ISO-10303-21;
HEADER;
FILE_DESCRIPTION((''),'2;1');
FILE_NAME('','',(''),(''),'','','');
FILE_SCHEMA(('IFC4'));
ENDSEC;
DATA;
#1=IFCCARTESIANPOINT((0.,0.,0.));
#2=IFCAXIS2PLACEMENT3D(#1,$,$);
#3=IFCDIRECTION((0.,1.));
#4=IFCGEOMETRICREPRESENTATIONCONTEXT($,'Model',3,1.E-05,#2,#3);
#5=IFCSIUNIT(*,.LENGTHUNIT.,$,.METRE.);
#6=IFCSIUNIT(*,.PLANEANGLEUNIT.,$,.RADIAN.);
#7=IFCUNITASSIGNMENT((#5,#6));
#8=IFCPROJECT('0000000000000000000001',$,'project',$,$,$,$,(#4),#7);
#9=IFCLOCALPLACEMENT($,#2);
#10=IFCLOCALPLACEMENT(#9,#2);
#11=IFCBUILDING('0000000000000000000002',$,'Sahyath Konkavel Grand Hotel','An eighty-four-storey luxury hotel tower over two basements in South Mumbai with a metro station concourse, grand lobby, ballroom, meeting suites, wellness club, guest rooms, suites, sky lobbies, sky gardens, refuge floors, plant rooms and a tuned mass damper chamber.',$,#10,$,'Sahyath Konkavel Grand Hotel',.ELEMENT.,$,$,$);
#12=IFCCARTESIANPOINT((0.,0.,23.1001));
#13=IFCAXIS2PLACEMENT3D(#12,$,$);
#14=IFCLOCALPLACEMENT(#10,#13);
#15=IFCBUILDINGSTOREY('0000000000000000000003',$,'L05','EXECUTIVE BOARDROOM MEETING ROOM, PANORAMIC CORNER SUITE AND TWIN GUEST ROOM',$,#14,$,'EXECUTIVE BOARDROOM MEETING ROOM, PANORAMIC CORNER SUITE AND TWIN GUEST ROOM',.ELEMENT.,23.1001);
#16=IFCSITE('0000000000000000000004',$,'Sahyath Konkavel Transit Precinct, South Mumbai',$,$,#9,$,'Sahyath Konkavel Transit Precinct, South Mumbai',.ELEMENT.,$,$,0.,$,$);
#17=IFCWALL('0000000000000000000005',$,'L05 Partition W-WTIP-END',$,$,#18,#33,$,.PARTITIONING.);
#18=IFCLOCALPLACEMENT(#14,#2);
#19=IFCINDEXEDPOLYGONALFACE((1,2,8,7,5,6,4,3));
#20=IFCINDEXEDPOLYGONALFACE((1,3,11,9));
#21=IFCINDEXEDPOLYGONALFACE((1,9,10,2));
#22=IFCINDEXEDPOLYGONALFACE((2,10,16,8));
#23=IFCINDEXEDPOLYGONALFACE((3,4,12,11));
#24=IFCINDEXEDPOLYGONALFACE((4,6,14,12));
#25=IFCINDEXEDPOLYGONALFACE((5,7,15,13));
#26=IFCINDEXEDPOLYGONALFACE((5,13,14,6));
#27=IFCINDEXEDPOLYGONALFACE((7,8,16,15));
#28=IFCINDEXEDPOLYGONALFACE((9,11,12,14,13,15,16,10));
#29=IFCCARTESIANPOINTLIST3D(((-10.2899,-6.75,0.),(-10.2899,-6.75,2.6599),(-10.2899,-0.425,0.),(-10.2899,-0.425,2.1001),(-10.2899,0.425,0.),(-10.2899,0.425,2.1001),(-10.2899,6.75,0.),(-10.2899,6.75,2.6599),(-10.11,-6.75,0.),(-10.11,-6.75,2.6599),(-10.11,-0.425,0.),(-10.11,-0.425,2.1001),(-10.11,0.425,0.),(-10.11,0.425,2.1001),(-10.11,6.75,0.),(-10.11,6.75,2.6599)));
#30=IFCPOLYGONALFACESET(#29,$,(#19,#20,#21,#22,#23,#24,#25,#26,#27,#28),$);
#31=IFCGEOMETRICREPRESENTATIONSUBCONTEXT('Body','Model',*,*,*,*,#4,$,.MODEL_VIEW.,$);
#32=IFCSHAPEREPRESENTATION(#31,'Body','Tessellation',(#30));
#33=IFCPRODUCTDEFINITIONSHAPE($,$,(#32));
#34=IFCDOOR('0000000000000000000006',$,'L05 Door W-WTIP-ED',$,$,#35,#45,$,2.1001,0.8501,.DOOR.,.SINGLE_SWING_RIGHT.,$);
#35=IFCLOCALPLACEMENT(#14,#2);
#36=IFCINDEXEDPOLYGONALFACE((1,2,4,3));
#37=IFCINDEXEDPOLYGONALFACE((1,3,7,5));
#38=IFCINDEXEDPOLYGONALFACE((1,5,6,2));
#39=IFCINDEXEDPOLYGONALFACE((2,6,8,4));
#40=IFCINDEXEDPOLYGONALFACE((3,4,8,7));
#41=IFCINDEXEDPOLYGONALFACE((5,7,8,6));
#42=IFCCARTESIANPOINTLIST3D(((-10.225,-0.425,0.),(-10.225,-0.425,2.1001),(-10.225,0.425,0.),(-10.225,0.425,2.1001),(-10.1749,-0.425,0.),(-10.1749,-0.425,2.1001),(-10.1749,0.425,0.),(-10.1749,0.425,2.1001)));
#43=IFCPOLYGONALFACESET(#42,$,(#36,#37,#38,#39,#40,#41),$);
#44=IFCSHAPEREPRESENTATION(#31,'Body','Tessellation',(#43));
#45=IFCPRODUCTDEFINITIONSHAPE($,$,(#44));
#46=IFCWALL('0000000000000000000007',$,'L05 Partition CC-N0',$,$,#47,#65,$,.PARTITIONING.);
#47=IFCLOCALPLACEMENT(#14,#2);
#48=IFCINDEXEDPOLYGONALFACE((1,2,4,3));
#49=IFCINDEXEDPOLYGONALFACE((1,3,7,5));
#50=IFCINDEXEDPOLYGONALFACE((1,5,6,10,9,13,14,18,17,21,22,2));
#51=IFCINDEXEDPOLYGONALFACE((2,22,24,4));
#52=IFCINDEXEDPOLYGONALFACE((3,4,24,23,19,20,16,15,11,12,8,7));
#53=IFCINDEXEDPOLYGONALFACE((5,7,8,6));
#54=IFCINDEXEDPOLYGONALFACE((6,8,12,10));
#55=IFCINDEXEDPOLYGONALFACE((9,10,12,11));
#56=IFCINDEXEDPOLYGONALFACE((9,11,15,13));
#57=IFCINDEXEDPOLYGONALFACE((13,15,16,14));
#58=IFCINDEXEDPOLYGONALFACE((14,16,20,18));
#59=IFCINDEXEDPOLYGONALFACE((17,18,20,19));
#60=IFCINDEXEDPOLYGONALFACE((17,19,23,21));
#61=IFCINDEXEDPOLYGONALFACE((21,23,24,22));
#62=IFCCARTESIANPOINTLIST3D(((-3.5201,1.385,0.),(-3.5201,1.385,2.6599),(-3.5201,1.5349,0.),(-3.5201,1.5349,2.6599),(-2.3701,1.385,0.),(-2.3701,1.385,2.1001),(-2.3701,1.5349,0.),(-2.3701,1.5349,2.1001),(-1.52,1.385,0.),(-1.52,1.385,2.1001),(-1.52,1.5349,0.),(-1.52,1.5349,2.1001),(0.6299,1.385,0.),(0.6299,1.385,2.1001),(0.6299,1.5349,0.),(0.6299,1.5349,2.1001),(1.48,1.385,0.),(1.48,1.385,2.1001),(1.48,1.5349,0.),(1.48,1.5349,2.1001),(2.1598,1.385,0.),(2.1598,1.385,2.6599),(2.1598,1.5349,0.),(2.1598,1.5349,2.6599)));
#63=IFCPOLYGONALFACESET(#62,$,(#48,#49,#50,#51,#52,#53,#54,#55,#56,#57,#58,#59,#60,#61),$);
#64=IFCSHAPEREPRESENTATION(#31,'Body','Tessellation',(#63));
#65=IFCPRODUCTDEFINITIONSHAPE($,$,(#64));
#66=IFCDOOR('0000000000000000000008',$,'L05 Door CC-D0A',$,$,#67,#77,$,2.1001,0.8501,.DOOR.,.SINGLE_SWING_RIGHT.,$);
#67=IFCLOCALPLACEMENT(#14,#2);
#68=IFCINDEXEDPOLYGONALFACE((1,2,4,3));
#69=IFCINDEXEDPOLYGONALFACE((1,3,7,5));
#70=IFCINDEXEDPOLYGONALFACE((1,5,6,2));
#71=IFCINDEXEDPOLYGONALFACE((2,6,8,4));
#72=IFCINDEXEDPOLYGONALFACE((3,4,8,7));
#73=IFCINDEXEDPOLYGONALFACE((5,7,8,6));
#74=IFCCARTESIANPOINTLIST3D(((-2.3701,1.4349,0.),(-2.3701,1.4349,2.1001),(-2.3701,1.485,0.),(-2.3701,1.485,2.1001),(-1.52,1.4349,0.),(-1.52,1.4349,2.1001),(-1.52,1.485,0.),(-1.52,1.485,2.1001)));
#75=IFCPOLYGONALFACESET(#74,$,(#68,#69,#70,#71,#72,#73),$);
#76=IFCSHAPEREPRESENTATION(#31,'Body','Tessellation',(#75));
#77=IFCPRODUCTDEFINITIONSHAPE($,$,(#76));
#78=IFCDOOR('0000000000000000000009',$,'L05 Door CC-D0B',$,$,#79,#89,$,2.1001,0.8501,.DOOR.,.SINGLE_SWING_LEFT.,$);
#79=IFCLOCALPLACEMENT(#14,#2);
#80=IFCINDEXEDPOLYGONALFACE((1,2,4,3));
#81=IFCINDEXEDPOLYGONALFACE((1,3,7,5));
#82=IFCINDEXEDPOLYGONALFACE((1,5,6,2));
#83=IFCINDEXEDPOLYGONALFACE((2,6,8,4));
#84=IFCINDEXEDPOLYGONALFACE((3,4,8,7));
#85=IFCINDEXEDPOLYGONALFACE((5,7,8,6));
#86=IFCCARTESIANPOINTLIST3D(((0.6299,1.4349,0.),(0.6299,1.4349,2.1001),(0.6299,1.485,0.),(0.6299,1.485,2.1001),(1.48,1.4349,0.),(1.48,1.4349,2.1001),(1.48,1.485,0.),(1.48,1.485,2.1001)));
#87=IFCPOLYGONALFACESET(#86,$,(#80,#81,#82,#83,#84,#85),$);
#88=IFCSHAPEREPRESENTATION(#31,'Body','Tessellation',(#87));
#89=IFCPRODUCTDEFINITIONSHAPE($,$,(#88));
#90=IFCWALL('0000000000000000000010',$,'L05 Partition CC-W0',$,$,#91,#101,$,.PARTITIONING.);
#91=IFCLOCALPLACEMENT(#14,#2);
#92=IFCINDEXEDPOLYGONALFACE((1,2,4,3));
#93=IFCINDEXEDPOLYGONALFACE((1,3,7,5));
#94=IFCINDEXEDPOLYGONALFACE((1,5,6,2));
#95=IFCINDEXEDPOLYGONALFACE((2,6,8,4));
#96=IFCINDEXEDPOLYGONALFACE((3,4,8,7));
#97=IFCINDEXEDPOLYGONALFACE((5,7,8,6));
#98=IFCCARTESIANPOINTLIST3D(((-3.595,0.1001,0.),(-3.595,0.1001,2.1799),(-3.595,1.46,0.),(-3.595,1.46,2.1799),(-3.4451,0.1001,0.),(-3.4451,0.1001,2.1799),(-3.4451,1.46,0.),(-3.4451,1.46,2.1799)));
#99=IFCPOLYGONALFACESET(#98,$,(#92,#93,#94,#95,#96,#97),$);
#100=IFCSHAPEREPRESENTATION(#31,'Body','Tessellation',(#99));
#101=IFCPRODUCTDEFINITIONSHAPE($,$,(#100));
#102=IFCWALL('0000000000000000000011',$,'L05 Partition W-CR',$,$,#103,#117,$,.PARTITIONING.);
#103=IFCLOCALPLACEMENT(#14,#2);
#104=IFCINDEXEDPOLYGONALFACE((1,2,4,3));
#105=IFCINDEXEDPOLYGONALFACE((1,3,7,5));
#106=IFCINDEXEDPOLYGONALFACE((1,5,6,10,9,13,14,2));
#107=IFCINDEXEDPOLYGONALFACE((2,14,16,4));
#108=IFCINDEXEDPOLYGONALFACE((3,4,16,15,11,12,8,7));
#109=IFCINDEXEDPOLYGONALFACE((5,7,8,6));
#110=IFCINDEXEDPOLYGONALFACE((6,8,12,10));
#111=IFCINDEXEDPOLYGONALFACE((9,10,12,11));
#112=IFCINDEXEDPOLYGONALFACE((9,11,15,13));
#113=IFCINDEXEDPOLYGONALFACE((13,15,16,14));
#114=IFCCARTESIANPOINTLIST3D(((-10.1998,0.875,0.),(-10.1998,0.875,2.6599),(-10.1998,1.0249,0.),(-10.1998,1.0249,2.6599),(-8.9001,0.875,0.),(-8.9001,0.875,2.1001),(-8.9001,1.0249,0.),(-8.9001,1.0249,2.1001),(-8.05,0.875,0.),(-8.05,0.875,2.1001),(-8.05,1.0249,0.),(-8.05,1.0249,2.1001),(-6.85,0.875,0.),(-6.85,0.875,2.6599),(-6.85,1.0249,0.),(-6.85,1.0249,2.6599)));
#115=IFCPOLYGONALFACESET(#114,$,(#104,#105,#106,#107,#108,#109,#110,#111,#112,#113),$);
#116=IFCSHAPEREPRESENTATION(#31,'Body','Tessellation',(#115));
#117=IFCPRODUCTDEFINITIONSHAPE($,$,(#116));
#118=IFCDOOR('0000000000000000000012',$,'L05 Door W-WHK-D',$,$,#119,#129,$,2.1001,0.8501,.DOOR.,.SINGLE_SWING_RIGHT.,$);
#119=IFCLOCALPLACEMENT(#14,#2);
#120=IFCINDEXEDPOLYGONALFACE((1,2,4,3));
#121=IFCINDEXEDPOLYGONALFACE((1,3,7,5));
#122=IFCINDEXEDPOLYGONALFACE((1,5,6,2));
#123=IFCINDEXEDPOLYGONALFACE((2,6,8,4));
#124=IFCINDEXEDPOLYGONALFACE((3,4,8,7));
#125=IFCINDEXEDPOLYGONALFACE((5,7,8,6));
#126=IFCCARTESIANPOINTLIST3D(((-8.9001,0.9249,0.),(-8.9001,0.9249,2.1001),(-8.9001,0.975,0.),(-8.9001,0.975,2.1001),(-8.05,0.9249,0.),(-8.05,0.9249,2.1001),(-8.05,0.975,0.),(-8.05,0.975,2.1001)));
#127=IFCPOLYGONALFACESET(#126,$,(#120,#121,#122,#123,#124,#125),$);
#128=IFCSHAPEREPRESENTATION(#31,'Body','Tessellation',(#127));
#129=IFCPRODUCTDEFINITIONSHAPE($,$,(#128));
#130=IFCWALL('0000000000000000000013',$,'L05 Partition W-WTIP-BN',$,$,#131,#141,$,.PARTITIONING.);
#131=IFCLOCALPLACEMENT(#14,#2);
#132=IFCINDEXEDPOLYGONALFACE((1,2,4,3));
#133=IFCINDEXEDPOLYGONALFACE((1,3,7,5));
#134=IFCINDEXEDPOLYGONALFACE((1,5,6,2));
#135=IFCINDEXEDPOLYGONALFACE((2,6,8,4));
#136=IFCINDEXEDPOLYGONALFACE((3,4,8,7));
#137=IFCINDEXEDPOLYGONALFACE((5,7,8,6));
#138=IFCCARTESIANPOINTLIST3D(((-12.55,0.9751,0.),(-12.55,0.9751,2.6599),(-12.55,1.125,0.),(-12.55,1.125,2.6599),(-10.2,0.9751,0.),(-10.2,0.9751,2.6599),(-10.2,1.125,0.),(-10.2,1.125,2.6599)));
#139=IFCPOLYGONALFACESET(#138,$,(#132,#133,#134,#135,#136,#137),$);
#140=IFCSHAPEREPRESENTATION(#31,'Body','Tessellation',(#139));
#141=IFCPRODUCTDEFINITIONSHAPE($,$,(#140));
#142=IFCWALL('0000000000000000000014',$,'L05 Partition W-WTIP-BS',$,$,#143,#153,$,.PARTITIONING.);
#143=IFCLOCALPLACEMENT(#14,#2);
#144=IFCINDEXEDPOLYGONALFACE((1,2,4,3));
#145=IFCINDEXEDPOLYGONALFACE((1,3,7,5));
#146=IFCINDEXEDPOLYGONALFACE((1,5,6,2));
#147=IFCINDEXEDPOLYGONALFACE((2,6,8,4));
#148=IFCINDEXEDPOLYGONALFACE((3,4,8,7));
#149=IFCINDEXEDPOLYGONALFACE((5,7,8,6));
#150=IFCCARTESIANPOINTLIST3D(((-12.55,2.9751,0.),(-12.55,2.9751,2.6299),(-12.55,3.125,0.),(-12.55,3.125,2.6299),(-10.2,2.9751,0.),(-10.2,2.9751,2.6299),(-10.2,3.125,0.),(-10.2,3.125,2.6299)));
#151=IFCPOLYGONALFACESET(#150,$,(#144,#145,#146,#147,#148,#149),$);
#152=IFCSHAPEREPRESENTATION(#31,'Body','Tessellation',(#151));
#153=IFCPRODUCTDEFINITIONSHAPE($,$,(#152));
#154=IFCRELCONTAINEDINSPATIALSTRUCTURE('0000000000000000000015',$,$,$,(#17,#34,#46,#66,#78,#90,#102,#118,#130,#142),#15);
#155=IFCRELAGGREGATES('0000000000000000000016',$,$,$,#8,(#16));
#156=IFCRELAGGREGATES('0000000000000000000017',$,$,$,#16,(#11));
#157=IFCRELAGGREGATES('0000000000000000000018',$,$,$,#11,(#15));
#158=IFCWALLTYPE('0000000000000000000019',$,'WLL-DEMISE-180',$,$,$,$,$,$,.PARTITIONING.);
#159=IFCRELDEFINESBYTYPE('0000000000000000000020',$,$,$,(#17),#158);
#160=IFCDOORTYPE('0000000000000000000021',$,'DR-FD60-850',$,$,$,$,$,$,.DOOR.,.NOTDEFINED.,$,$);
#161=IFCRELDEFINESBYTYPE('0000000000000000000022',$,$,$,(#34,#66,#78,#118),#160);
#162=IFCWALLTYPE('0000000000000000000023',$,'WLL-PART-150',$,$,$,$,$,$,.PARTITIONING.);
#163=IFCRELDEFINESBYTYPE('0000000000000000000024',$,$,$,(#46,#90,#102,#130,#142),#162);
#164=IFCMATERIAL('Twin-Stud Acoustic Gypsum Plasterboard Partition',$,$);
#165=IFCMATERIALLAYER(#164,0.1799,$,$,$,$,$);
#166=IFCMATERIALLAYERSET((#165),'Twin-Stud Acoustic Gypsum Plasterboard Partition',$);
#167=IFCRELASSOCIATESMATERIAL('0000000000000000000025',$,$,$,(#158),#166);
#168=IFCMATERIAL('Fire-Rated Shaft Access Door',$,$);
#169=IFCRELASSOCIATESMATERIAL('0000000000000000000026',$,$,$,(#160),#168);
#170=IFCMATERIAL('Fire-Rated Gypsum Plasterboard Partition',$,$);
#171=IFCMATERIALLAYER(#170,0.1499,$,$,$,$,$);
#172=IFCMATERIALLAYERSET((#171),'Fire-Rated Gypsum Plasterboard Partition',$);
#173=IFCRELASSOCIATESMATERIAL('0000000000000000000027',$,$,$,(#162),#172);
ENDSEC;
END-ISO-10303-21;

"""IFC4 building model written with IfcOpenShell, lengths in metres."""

from ifc_helpers import new_model, si_unit, direction, frame, frame_2d, origin, origin_2d, place, context, subcontext, project, spatial, rectangle, extrude, source, transform, mapped, material, layer, layer_set, type_object, element, fill, save


model = new_model("IFC4")

# Units and contexts
model_context = context("Model", 3, precision=1e-05, world=origin(), true_north=direction((0.0, 1.0)))
body_context = subcontext(model_context, "Body", "Model", "MODEL_VIEW")
ifc_project = project(units=[si_unit("LENGTHUNIT", "METRE"), si_unit("PLANEANGLEUNIT", "RADIAN")], contexts=[model_context])

# Site, building, storey
site_placement = place(None, origin())
site = spatial("IfcSite", under=ifc_project, at=site_placement, Name="Sahyath Konkavel Transit Precinct, South Mumbai", LongName="Sahyath Konkavel Transit Precinct, South Mumbai", CompositionType="ELEMENT", RefElevation=0.0)
building_placement = place(site_placement, origin())
building = spatial("IfcBuilding", under=site, at=building_placement, Name="Sahyath Konkavel Grand Hotel", Description="An eighty-four-storey luxury hotel tower over two basements in South Mumbai with a metro station concourse, grand lobby, ballroom, meeting suites, wellness club, guest rooms, suites, sky lobbies, sky gardens, refuge floors, plant rooms and a tuned mass damper chamber.", LongName="Sahyath Konkavel Grand Hotel", CompositionType="ELEMENT")
storey_placement = place(building_placement, frame((0.0, 0.0, 23.1001)))
storey = spatial("IfcBuildingStorey", under=building, at=storey_placement, Name="L05", Description="EXECUTIVE BOARDROOM MEETING ROOM, PANORAMIC CORNER SUITE AND TWIN GUEST ROOM", LongName="EXECUTIVE BOARDROOM MEETING ROOM, PANORAMIC CORNER SUITE AND TWIN GUEST ROOM", CompositionType="ELEMENT", Elevation=23.1001)

# Shared definitions
ifc_material_1 = material(Name="Twin-Stud Acoustic Gypsum Plasterboard Partition")
ifc_layer_1 = layer(ifc_material_1, 0.1799)
ifc_layer_set_1 = layer_set([ifc_layer_1], Name="Twin-Stud Acoustic Gypsum Plasterboard Partition")
wall_type_1 = type_object("IfcWallType", Name="WLL-DEMISE-180", PredefinedType="PARTITIONING", material=ifc_layer_set_1)

# Wall, opening, door
wall_1_placement = place(storey_placement, frame((-10.2, 6.75, 0.0), z_axis=(0.0, 0.0, 1.0), x_axis=(0.0, -1.0, 0.0)))
wall_1 = element("IfcWall", 1, at=wall_1_placement, inside=storey, type_object=wall_type_1, Name="L05 Partition W-WTIP-END", PredefinedType="PARTITIONING", context=body_context, shape_type="SweptSolid", body=[
    extrude(rectangle(XDim=13.5, YDim=0.1799, at=frame_2d((6.75, 0.0))), origin(), (0.0, 0.0, 1.0), 2.6599),
])
opening_1_placement = place(wall_1_placement, frame((6.325, 0.0, 0.0)))
opening_1 = element("IfcOpeningElement", 2, at=opening_1_placement, cuts=wall_1, PredefinedType="OPENING", context=body_context, shape_type="SweptSolid", body=[
    extrude(rectangle(XDim=0.8501, YDim=2.1001, at=frame_2d((0.425, 1.05))), frame((0.0, 0.1001, 0.0), z_axis=(0.0, -1.0, 0.0), x_axis=(1.0, 0.0, 0.0)), (0.0, 0.0, 1.0), 0.2),
])
ifc_material_2 = material(Name="Fire-Rated Shaft Access Door")
door_type = type_object("IfcDoorType", Name="DR-FD60-850", OperationType="NOTDEFINED", PredefinedType="DOOR", material=ifc_material_2)
shared_shape_1 = source(origin(), body_context, "Body", "SweptSolid", [
    extrude(rectangle(XDim=0.8501, YDim=0.05, at=origin_2d()), origin(), (0.0, 0.0, 1.0), 2.1001),
])
door_1_placement = place(opening_1_placement, frame((0.425, 0.0, 0.0)))
door_1 = element("IfcDoor", 3, at=door_1_placement, inside=storey, type_object=door_type, Name="L05 Door W-WTIP-ED", OperationType="SINGLE_SWING_RIGHT", OverallHeight=2.1001, OverallWidth=0.8501, PredefinedType="DOOR", context=body_context, shape_type="MappedRepresentation", body=[
    mapped(shared_shape_1, transform((0.0, 0.0, 0.0), scale=1.0)),
])
fill(opening_1, door_1)

# Wall, openings, doors
ifc_material_3 = material(Name="Fire-Rated Gypsum Plasterboard Partition")
ifc_layer_2 = layer(ifc_material_3, 0.1499)
ifc_layer_set_2 = layer_set([ifc_layer_2], Name="Fire-Rated Gypsum Plasterboard Partition")
wall_type_2 = type_object("IfcWallType", Name="WLL-PART-150", PredefinedType="PARTITIONING", material=ifc_layer_set_2)
wall_2_placement = place(storey_placement, frame((-3.52, 1.46, 0.0), z_axis=(0.0, 0.0, 1.0), x_axis=(1.0, 0.0, 0.0)))
wall_2 = element("IfcWall", 4, at=wall_2_placement, inside=storey, type_object=wall_type_2, Name="L05 Partition CC-N0", PredefinedType="PARTITIONING", context=body_context, shape_type="SweptSolid", body=[
    extrude(rectangle(XDim=5.6799, YDim=0.1499, at=frame_2d((2.8398, 0.0))), origin(), (0.0, 0.0, 1.0), 2.6599),
])
opening_2_placement = place(wall_2_placement, frame((1.1499, 0.0, 0.0)))
opening_2 = element("IfcOpeningElement", 5, at=opening_2_placement, cuts=wall_2, PredefinedType="OPENING", context=body_context, shape_type="SweptSolid", body=[
    extrude(rectangle(XDim=0.8501, YDim=2.1001, at=frame_2d((0.425, 1.05))), frame((0.0, 0.085, 0.0), z_axis=(0.0, -1.0, 0.0), x_axis=(1.0, 0.0, 0.0)), (0.0, 0.0, 1.0), 0.1699),
])
opening_3_placement = place(wall_2_placement, frame((4.1499, 0.0, 0.0)))
opening_3 = element("IfcOpeningElement", 6, at=opening_3_placement, cuts=wall_2, PredefinedType="OPENING", context=body_context, shape_type="SweptSolid", body=[
    extrude(rectangle(XDim=0.8501, YDim=2.1001, at=frame_2d((0.425, 1.05))), frame((0.0, 0.085, 0.0), z_axis=(0.0, -1.0, 0.0), x_axis=(1.0, 0.0, 0.0)), (0.0, 0.0, 1.0), 0.1699),
])
door_2_placement = place(opening_2_placement, frame((0.425, 0.0, 0.0)))
door_2 = element("IfcDoor", 7, at=door_2_placement, inside=storey, type_object=door_type, Name="L05 Door CC-D0A", OperationType="SINGLE_SWING_RIGHT", OverallHeight=2.1001, OverallWidth=0.8501, PredefinedType="DOOR", context=body_context, shape_type="MappedRepresentation", body=[
    mapped(shared_shape_1, transform((0.0, 0.0, 0.0), scale=1.0)),
])
fill(opening_2, door_2)
door_3_placement = place(opening_3_placement, frame((0.425, 0.0, 0.0)))
door_3 = element("IfcDoor", 8, at=door_3_placement, inside=storey, type_object=door_type, Name="L05 Door CC-D0B", OperationType="SINGLE_SWING_LEFT", OverallHeight=2.1001, OverallWidth=0.8501, PredefinedType="DOOR", context=body_context, shape_type="MappedRepresentation", body=[
    mapped(shared_shape_1, transform((0.0, 0.0, 0.0), scale=1.0)),
])
fill(opening_3, door_3)

# Wall
wall_3_placement = place(storey_placement, frame((-3.52, 0.1001, 0.0), z_axis=(0.0, 0.0, 1.0), x_axis=(0.0, 1.0, 0.0)))
element("IfcWall", 9, at=wall_3_placement, inside=storey, type_object=wall_type_2, Name="L05 Partition CC-W0", PredefinedType="PARTITIONING", context=body_context, shape_type="SweptSolid", body=[
    extrude(rectangle(XDim=1.3599, YDim=0.1499, at=frame_2d((0.6799, 0.0))), origin(), (0.0, 0.0, 1.0), 2.1799),
])

# Wall, opening, door
wall_4_placement = place(storey_placement, frame((-6.8501, 0.95, 0.0), z_axis=(0.0, 0.0, 1.0), x_axis=(-1.0, 0.0, 0.0)))
wall_4 = element("IfcWall", 10, at=wall_4_placement, inside=storey, type_object=wall_type_2, Name="L05 Partition W-CR", PredefinedType="PARTITIONING", context=body_context, shape_type="SweptSolid", body=[
    extrude(rectangle(XDim=3.3499, YDim=0.1499, at=frame_2d((1.6748, 0.0))), origin(), (0.0, 0.0, 1.0), 2.6599),
])
opening_4_placement = place(wall_4_placement, frame((1.2, 0.0, 0.0)))
opening_4 = element("IfcOpeningElement", 11, at=opening_4_placement, cuts=wall_4, PredefinedType="OPENING", context=body_context, shape_type="SweptSolid", body=[
    extrude(rectangle(XDim=0.8501, YDim=2.1001, at=frame_2d((0.425, 1.05))), frame((0.0, 0.085, 0.0), z_axis=(0.0, -1.0, 0.0), x_axis=(1.0, 0.0, 0.0)), (0.0, 0.0, 1.0), 0.1699),
])
door_4_placement = place(opening_4_placement, frame((0.425, 0.0, 0.0)))
door_4 = element("IfcDoor", 12, at=door_4_placement, inside=storey, type_object=door_type, Name="L05 Door W-WHK-D", OperationType="SINGLE_SWING_RIGHT", OverallHeight=2.1001, OverallWidth=0.8501, PredefinedType="DOOR", context=body_context, shape_type="MappedRepresentation", body=[
    mapped(shared_shape_1, transform((0.0, 0.0, 0.0), scale=1.0)),
])
fill(opening_4, door_4)

# Walls
wall_5_placement = place(storey_placement, frame((-10.2, 1.05, 0.0), z_axis=(0.0, 0.0, 1.0), x_axis=(-1.0, 0.0, 0.0)))
element("IfcWall", 13, at=wall_5_placement, inside=storey, type_object=wall_type_2, Name="L05 Partition W-WTIP-BN", PredefinedType="PARTITIONING", context=body_context, shape_type="SweptSolid", body=[
    extrude(rectangle(XDim=2.3501, YDim=0.1499, at=frame_2d((1.175, 0.0))), origin(), (0.0, 0.0, 1.0), 2.6599),
])
wall_6_placement = place(storey_placement, frame((-10.2, 3.05, 0.0), z_axis=(0.0, 0.0, 1.0), x_axis=(-1.0, 0.0, 0.0)))
element("IfcWall", 14, at=wall_6_placement, inside=storey, type_object=wall_type_2, Name="L05 Partition W-WTIP-BS", PredefinedType="PARTITIONING", context=body_context, shape_type="SweptSolid", body=[
    extrude(rectangle(XDim=2.3501, YDim=0.1499, at=frame_2d((1.175, 0.0))), origin(), (0.0, 0.0, 1.0), 2.6299),
])

save(model, "model.ifc")
